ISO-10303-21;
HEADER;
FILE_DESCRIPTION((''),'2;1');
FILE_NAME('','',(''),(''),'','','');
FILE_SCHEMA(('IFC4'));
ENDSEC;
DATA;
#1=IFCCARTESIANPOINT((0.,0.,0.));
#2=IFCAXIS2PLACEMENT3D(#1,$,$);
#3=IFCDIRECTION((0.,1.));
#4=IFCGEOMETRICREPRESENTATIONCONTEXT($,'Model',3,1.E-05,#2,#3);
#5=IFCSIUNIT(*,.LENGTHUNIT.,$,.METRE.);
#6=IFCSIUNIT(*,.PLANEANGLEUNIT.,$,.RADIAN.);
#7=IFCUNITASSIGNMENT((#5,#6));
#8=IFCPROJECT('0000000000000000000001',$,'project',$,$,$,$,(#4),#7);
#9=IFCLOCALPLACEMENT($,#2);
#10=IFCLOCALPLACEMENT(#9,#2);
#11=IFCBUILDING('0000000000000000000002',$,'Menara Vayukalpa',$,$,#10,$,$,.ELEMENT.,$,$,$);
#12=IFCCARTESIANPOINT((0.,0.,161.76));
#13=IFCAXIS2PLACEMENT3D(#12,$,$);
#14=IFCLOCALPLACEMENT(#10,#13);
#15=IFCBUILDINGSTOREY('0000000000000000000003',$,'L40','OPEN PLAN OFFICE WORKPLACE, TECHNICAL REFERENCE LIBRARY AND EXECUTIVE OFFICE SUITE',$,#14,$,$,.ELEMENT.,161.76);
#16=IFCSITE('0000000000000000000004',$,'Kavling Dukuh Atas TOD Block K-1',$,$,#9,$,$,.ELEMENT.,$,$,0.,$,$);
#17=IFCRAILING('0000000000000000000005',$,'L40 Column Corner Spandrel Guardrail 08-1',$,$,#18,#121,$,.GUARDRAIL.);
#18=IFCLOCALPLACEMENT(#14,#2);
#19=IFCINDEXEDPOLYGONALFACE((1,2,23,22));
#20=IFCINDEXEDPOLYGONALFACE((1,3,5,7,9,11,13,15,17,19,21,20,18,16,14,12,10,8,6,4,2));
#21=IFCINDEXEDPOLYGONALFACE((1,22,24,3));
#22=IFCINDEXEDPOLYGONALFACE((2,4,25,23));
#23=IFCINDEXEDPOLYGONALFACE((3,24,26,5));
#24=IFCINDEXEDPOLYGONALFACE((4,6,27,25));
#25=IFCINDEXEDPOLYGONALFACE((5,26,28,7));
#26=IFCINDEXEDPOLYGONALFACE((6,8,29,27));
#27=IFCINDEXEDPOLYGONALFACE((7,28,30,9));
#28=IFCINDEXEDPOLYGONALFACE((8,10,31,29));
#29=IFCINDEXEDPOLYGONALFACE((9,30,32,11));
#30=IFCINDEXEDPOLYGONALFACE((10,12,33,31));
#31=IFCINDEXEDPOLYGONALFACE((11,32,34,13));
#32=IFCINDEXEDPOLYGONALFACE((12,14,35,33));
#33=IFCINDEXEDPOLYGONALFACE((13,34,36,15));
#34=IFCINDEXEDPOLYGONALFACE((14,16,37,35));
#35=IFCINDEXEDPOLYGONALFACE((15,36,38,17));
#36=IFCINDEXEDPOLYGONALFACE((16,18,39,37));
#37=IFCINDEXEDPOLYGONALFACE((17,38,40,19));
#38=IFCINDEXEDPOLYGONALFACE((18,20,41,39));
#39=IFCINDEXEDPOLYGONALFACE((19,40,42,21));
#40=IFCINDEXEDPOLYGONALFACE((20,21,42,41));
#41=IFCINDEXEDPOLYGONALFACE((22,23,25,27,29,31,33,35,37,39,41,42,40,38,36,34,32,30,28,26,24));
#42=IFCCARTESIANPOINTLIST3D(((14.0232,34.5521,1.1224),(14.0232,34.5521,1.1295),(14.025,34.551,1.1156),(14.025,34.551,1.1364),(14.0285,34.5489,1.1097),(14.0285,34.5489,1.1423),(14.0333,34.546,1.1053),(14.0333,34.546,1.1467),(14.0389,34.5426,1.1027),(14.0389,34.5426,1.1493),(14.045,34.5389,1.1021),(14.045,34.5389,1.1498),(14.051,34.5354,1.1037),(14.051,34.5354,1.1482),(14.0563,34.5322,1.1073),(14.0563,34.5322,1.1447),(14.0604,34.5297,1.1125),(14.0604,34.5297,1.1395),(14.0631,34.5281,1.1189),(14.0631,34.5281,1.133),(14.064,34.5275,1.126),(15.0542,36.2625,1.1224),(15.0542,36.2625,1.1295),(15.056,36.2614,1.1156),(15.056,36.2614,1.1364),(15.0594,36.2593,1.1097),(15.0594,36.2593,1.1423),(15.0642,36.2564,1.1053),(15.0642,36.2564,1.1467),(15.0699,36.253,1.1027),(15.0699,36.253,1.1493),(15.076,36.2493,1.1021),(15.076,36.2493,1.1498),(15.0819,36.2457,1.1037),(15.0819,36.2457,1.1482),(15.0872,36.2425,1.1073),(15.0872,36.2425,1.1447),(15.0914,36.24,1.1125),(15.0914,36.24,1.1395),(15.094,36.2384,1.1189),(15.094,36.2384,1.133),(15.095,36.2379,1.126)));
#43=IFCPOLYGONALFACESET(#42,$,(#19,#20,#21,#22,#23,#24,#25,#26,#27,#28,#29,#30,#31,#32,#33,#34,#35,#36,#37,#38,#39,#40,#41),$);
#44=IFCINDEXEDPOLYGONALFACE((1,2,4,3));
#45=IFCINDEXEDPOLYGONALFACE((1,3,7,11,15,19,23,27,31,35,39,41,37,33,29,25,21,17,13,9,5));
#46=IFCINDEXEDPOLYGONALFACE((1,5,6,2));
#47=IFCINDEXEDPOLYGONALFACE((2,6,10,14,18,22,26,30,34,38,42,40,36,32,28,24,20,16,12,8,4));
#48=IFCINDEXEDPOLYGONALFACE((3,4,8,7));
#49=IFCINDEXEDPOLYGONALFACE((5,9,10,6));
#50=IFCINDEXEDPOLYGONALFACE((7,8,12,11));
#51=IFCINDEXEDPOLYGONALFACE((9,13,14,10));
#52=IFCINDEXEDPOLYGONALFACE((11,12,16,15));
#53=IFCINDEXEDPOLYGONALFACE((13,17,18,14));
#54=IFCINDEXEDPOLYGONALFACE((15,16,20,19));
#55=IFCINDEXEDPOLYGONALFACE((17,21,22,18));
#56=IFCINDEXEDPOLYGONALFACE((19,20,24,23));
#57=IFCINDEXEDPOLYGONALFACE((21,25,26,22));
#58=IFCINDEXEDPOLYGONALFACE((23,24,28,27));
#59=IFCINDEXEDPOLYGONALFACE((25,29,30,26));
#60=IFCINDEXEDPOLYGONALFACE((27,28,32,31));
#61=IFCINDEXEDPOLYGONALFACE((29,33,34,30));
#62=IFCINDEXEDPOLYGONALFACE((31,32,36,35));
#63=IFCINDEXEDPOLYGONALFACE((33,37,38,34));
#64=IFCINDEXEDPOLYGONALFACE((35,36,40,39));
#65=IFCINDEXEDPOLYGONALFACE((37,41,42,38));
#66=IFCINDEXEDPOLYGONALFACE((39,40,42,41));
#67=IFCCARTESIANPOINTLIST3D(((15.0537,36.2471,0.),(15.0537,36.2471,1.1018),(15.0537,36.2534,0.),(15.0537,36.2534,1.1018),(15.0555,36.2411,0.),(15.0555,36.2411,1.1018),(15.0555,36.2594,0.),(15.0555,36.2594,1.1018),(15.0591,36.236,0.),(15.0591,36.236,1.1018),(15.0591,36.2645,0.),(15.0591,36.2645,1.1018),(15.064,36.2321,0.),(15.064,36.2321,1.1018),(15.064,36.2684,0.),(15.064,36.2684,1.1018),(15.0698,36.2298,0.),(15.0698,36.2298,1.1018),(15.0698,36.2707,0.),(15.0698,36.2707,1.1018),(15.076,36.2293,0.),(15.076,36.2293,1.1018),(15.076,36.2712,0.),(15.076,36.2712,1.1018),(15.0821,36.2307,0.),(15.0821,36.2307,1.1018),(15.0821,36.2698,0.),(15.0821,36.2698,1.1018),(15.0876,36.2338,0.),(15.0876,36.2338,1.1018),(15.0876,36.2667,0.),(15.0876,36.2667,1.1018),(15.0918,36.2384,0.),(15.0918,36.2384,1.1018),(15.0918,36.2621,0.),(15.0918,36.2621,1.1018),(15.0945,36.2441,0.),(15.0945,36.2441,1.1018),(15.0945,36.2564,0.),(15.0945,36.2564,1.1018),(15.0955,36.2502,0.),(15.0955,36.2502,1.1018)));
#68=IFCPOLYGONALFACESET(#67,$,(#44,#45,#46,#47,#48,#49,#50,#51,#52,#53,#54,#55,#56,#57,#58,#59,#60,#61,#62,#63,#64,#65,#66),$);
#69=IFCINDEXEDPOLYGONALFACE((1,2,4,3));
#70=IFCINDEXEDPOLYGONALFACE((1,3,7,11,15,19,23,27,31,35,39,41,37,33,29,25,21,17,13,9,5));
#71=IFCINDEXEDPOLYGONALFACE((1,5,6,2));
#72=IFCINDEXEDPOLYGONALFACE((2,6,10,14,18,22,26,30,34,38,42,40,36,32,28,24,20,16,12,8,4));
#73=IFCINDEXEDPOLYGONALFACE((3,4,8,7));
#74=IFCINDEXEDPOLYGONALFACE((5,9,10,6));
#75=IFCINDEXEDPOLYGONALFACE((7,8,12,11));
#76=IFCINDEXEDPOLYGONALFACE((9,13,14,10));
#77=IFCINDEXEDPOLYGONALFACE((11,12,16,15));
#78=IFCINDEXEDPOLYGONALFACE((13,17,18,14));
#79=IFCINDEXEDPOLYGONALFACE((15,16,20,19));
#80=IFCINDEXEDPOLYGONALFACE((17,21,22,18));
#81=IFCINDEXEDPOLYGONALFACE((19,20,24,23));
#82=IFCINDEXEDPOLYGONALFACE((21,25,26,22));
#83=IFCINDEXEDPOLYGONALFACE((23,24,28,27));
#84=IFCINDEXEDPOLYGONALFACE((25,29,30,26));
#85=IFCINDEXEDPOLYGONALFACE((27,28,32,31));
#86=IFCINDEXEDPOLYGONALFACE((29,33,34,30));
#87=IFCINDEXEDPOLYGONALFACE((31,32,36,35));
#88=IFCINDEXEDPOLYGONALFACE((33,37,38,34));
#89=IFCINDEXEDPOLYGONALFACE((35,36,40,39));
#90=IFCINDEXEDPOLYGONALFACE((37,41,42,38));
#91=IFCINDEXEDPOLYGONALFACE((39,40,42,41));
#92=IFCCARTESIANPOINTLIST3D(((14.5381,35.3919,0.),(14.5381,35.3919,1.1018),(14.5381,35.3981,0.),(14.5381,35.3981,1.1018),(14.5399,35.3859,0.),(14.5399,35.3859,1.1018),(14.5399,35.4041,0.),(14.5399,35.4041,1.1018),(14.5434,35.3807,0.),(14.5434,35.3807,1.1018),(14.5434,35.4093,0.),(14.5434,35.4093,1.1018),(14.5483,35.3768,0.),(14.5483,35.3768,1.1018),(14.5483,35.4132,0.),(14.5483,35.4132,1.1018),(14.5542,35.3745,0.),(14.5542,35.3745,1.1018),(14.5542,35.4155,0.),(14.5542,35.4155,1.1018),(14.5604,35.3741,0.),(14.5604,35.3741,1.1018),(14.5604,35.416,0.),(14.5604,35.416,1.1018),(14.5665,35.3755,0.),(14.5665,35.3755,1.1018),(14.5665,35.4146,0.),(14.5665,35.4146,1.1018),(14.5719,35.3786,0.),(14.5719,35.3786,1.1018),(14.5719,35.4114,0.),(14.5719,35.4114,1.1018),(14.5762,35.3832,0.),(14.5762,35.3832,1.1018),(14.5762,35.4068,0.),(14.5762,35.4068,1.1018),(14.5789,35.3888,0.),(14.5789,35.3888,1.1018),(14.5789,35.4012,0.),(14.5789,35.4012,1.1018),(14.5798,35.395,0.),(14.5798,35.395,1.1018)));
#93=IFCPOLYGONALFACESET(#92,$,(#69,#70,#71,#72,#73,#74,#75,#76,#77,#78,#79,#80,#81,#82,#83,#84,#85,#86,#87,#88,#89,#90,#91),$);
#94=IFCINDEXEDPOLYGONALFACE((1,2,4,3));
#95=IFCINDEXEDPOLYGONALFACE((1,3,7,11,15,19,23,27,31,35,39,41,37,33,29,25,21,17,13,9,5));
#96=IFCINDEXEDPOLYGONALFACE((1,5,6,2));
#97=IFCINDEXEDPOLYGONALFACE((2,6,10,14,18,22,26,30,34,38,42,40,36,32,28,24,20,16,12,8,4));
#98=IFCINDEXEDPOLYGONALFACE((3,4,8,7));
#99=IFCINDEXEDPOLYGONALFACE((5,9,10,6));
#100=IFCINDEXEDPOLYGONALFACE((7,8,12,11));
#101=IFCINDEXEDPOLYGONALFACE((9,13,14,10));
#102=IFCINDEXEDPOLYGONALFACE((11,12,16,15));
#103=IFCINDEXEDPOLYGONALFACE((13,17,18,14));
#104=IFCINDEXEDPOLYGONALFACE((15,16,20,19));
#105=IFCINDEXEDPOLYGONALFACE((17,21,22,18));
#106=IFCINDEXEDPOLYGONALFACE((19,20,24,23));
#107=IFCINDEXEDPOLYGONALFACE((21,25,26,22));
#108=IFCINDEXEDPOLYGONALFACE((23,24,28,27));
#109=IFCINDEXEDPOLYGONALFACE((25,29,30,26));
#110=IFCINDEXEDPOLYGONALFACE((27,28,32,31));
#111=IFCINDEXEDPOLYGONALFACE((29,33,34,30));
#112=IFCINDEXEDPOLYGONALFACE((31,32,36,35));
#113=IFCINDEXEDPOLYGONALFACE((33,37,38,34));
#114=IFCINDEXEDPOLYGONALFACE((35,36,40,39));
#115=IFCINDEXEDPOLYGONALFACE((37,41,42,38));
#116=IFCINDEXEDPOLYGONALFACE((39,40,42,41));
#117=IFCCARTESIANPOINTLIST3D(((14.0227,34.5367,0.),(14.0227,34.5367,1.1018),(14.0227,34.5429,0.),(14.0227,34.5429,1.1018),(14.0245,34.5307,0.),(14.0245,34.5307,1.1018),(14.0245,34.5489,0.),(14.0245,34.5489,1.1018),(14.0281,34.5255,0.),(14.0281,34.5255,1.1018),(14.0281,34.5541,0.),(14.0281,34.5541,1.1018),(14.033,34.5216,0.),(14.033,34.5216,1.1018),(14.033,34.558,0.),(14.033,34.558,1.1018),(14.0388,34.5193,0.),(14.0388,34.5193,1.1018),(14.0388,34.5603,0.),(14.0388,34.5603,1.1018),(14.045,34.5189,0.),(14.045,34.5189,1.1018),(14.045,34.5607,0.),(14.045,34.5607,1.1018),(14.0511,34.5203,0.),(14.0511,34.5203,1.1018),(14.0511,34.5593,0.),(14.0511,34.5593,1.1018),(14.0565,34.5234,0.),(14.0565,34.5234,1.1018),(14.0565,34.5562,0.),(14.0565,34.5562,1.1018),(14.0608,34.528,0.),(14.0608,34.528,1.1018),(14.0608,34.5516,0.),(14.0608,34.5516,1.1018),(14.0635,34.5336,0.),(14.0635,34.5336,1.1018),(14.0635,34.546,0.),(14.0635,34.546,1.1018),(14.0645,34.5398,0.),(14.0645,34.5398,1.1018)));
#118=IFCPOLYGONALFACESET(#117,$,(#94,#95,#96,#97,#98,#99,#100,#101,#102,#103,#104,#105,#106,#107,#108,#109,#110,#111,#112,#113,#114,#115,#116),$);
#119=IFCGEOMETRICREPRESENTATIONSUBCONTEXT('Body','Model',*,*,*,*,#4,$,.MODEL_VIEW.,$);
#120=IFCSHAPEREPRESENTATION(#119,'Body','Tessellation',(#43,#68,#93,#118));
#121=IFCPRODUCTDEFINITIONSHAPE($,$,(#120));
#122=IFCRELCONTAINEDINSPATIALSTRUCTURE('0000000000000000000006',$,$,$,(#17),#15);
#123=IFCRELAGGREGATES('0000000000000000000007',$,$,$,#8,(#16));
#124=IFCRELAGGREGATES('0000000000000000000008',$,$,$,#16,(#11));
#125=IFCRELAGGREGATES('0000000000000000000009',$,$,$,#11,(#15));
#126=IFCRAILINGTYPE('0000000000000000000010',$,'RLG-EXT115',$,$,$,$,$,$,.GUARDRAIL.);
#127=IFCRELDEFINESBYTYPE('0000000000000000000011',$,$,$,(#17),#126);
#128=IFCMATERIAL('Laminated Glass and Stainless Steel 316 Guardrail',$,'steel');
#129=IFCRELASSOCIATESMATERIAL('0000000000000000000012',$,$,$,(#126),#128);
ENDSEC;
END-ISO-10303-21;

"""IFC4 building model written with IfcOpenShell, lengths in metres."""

from ifc_helpers import new_model, si_unit, direction, frame, origin, origin_2d, place, context, subcontext, project, spatial, circle, extrude, material, type_object, element, save


model = new_model("IFC4")

# Units and contexts
model_context = context("Model", 3, precision=1e-05, world=origin(), true_north=direction((0.0, 1.0)))
body_context = subcontext(model_context, "Body", "Model", "MODEL_VIEW")
ifc_project = project(units=[si_unit("LENGTHUNIT", "METRE"), si_unit("PLANEANGLEUNIT", "RADIAN")], contexts=[model_context])

# Site, building, storey
site_placement = place(None, origin())
site = spatial("IfcSite", under=ifc_project, at=site_placement, Name="Kavling Dukuh Atas TOD Block K-1", CompositionType="ELEMENT", RefElevation=0.0)
building_placement = place(site_placement, origin())
building = spatial("IfcBuilding", under=site, at=building_placement, Name="Menara Vayukalpa", CompositionType="ELEMENT")
storey_placement = place(building_placement, frame((0.0, 0.0, 161.76)))
storey = spatial("IfcBuildingStorey", under=building, at=storey_placement, Name="L40", Description="OPEN PLAN OFFICE WORKPLACE, TECHNICAL REFERENCE LIBRARY AND EXECUTIVE OFFICE SUITE", CompositionType="ELEMENT", Elevation=161.76)

# Railing
ifc_material_1 = material(Name="Laminated Glass and Stainless Steel 316 Guardrail", Category="steel")
railing_type = type_object("IfcRailingType", Name="RLG-EXT115", PredefinedType="GUARDRAIL", material=ifc_material_1)
railing_1_placement = place(storey_placement, frame((15.0745, 36.2502, 0.0)))
element("IfcRailing", 1, at=railing_1_placement, inside=storey, type_object=railing_type, Name="L40 Column Corner Spandrel Guardrail 08-1", PredefinedType="GUARDRAIL", context=body_context, shape_type="SweptSolid", body=[
    extrude(circle(Radius=0.0239, at=origin_2d()), frame((0.0, 0.0, 1.126), z_axis=(-0.516238, -0.856445, 0.0), x_axis=(0.856445, -0.516238, 0.0)), (0.0, 0.0, 1.0), 1.9971),
    extrude(circle(Radius=0.021, at=origin_2d()), origin(), (0.0, 0.0, 1.0), 1.1018),
    extrude(circle(Radius=0.021, at=origin_2d()), frame((-0.5156, -0.8552, 0.0)), (0.0, 0.0, 1.0), 1.1018),
    extrude(circle(Radius=0.021, at=origin_2d()), frame((-1.031, -1.7104, 0.0)), (0.0, 0.0, 1.0), 1.1018),
])

save(model, "model.ifc")
